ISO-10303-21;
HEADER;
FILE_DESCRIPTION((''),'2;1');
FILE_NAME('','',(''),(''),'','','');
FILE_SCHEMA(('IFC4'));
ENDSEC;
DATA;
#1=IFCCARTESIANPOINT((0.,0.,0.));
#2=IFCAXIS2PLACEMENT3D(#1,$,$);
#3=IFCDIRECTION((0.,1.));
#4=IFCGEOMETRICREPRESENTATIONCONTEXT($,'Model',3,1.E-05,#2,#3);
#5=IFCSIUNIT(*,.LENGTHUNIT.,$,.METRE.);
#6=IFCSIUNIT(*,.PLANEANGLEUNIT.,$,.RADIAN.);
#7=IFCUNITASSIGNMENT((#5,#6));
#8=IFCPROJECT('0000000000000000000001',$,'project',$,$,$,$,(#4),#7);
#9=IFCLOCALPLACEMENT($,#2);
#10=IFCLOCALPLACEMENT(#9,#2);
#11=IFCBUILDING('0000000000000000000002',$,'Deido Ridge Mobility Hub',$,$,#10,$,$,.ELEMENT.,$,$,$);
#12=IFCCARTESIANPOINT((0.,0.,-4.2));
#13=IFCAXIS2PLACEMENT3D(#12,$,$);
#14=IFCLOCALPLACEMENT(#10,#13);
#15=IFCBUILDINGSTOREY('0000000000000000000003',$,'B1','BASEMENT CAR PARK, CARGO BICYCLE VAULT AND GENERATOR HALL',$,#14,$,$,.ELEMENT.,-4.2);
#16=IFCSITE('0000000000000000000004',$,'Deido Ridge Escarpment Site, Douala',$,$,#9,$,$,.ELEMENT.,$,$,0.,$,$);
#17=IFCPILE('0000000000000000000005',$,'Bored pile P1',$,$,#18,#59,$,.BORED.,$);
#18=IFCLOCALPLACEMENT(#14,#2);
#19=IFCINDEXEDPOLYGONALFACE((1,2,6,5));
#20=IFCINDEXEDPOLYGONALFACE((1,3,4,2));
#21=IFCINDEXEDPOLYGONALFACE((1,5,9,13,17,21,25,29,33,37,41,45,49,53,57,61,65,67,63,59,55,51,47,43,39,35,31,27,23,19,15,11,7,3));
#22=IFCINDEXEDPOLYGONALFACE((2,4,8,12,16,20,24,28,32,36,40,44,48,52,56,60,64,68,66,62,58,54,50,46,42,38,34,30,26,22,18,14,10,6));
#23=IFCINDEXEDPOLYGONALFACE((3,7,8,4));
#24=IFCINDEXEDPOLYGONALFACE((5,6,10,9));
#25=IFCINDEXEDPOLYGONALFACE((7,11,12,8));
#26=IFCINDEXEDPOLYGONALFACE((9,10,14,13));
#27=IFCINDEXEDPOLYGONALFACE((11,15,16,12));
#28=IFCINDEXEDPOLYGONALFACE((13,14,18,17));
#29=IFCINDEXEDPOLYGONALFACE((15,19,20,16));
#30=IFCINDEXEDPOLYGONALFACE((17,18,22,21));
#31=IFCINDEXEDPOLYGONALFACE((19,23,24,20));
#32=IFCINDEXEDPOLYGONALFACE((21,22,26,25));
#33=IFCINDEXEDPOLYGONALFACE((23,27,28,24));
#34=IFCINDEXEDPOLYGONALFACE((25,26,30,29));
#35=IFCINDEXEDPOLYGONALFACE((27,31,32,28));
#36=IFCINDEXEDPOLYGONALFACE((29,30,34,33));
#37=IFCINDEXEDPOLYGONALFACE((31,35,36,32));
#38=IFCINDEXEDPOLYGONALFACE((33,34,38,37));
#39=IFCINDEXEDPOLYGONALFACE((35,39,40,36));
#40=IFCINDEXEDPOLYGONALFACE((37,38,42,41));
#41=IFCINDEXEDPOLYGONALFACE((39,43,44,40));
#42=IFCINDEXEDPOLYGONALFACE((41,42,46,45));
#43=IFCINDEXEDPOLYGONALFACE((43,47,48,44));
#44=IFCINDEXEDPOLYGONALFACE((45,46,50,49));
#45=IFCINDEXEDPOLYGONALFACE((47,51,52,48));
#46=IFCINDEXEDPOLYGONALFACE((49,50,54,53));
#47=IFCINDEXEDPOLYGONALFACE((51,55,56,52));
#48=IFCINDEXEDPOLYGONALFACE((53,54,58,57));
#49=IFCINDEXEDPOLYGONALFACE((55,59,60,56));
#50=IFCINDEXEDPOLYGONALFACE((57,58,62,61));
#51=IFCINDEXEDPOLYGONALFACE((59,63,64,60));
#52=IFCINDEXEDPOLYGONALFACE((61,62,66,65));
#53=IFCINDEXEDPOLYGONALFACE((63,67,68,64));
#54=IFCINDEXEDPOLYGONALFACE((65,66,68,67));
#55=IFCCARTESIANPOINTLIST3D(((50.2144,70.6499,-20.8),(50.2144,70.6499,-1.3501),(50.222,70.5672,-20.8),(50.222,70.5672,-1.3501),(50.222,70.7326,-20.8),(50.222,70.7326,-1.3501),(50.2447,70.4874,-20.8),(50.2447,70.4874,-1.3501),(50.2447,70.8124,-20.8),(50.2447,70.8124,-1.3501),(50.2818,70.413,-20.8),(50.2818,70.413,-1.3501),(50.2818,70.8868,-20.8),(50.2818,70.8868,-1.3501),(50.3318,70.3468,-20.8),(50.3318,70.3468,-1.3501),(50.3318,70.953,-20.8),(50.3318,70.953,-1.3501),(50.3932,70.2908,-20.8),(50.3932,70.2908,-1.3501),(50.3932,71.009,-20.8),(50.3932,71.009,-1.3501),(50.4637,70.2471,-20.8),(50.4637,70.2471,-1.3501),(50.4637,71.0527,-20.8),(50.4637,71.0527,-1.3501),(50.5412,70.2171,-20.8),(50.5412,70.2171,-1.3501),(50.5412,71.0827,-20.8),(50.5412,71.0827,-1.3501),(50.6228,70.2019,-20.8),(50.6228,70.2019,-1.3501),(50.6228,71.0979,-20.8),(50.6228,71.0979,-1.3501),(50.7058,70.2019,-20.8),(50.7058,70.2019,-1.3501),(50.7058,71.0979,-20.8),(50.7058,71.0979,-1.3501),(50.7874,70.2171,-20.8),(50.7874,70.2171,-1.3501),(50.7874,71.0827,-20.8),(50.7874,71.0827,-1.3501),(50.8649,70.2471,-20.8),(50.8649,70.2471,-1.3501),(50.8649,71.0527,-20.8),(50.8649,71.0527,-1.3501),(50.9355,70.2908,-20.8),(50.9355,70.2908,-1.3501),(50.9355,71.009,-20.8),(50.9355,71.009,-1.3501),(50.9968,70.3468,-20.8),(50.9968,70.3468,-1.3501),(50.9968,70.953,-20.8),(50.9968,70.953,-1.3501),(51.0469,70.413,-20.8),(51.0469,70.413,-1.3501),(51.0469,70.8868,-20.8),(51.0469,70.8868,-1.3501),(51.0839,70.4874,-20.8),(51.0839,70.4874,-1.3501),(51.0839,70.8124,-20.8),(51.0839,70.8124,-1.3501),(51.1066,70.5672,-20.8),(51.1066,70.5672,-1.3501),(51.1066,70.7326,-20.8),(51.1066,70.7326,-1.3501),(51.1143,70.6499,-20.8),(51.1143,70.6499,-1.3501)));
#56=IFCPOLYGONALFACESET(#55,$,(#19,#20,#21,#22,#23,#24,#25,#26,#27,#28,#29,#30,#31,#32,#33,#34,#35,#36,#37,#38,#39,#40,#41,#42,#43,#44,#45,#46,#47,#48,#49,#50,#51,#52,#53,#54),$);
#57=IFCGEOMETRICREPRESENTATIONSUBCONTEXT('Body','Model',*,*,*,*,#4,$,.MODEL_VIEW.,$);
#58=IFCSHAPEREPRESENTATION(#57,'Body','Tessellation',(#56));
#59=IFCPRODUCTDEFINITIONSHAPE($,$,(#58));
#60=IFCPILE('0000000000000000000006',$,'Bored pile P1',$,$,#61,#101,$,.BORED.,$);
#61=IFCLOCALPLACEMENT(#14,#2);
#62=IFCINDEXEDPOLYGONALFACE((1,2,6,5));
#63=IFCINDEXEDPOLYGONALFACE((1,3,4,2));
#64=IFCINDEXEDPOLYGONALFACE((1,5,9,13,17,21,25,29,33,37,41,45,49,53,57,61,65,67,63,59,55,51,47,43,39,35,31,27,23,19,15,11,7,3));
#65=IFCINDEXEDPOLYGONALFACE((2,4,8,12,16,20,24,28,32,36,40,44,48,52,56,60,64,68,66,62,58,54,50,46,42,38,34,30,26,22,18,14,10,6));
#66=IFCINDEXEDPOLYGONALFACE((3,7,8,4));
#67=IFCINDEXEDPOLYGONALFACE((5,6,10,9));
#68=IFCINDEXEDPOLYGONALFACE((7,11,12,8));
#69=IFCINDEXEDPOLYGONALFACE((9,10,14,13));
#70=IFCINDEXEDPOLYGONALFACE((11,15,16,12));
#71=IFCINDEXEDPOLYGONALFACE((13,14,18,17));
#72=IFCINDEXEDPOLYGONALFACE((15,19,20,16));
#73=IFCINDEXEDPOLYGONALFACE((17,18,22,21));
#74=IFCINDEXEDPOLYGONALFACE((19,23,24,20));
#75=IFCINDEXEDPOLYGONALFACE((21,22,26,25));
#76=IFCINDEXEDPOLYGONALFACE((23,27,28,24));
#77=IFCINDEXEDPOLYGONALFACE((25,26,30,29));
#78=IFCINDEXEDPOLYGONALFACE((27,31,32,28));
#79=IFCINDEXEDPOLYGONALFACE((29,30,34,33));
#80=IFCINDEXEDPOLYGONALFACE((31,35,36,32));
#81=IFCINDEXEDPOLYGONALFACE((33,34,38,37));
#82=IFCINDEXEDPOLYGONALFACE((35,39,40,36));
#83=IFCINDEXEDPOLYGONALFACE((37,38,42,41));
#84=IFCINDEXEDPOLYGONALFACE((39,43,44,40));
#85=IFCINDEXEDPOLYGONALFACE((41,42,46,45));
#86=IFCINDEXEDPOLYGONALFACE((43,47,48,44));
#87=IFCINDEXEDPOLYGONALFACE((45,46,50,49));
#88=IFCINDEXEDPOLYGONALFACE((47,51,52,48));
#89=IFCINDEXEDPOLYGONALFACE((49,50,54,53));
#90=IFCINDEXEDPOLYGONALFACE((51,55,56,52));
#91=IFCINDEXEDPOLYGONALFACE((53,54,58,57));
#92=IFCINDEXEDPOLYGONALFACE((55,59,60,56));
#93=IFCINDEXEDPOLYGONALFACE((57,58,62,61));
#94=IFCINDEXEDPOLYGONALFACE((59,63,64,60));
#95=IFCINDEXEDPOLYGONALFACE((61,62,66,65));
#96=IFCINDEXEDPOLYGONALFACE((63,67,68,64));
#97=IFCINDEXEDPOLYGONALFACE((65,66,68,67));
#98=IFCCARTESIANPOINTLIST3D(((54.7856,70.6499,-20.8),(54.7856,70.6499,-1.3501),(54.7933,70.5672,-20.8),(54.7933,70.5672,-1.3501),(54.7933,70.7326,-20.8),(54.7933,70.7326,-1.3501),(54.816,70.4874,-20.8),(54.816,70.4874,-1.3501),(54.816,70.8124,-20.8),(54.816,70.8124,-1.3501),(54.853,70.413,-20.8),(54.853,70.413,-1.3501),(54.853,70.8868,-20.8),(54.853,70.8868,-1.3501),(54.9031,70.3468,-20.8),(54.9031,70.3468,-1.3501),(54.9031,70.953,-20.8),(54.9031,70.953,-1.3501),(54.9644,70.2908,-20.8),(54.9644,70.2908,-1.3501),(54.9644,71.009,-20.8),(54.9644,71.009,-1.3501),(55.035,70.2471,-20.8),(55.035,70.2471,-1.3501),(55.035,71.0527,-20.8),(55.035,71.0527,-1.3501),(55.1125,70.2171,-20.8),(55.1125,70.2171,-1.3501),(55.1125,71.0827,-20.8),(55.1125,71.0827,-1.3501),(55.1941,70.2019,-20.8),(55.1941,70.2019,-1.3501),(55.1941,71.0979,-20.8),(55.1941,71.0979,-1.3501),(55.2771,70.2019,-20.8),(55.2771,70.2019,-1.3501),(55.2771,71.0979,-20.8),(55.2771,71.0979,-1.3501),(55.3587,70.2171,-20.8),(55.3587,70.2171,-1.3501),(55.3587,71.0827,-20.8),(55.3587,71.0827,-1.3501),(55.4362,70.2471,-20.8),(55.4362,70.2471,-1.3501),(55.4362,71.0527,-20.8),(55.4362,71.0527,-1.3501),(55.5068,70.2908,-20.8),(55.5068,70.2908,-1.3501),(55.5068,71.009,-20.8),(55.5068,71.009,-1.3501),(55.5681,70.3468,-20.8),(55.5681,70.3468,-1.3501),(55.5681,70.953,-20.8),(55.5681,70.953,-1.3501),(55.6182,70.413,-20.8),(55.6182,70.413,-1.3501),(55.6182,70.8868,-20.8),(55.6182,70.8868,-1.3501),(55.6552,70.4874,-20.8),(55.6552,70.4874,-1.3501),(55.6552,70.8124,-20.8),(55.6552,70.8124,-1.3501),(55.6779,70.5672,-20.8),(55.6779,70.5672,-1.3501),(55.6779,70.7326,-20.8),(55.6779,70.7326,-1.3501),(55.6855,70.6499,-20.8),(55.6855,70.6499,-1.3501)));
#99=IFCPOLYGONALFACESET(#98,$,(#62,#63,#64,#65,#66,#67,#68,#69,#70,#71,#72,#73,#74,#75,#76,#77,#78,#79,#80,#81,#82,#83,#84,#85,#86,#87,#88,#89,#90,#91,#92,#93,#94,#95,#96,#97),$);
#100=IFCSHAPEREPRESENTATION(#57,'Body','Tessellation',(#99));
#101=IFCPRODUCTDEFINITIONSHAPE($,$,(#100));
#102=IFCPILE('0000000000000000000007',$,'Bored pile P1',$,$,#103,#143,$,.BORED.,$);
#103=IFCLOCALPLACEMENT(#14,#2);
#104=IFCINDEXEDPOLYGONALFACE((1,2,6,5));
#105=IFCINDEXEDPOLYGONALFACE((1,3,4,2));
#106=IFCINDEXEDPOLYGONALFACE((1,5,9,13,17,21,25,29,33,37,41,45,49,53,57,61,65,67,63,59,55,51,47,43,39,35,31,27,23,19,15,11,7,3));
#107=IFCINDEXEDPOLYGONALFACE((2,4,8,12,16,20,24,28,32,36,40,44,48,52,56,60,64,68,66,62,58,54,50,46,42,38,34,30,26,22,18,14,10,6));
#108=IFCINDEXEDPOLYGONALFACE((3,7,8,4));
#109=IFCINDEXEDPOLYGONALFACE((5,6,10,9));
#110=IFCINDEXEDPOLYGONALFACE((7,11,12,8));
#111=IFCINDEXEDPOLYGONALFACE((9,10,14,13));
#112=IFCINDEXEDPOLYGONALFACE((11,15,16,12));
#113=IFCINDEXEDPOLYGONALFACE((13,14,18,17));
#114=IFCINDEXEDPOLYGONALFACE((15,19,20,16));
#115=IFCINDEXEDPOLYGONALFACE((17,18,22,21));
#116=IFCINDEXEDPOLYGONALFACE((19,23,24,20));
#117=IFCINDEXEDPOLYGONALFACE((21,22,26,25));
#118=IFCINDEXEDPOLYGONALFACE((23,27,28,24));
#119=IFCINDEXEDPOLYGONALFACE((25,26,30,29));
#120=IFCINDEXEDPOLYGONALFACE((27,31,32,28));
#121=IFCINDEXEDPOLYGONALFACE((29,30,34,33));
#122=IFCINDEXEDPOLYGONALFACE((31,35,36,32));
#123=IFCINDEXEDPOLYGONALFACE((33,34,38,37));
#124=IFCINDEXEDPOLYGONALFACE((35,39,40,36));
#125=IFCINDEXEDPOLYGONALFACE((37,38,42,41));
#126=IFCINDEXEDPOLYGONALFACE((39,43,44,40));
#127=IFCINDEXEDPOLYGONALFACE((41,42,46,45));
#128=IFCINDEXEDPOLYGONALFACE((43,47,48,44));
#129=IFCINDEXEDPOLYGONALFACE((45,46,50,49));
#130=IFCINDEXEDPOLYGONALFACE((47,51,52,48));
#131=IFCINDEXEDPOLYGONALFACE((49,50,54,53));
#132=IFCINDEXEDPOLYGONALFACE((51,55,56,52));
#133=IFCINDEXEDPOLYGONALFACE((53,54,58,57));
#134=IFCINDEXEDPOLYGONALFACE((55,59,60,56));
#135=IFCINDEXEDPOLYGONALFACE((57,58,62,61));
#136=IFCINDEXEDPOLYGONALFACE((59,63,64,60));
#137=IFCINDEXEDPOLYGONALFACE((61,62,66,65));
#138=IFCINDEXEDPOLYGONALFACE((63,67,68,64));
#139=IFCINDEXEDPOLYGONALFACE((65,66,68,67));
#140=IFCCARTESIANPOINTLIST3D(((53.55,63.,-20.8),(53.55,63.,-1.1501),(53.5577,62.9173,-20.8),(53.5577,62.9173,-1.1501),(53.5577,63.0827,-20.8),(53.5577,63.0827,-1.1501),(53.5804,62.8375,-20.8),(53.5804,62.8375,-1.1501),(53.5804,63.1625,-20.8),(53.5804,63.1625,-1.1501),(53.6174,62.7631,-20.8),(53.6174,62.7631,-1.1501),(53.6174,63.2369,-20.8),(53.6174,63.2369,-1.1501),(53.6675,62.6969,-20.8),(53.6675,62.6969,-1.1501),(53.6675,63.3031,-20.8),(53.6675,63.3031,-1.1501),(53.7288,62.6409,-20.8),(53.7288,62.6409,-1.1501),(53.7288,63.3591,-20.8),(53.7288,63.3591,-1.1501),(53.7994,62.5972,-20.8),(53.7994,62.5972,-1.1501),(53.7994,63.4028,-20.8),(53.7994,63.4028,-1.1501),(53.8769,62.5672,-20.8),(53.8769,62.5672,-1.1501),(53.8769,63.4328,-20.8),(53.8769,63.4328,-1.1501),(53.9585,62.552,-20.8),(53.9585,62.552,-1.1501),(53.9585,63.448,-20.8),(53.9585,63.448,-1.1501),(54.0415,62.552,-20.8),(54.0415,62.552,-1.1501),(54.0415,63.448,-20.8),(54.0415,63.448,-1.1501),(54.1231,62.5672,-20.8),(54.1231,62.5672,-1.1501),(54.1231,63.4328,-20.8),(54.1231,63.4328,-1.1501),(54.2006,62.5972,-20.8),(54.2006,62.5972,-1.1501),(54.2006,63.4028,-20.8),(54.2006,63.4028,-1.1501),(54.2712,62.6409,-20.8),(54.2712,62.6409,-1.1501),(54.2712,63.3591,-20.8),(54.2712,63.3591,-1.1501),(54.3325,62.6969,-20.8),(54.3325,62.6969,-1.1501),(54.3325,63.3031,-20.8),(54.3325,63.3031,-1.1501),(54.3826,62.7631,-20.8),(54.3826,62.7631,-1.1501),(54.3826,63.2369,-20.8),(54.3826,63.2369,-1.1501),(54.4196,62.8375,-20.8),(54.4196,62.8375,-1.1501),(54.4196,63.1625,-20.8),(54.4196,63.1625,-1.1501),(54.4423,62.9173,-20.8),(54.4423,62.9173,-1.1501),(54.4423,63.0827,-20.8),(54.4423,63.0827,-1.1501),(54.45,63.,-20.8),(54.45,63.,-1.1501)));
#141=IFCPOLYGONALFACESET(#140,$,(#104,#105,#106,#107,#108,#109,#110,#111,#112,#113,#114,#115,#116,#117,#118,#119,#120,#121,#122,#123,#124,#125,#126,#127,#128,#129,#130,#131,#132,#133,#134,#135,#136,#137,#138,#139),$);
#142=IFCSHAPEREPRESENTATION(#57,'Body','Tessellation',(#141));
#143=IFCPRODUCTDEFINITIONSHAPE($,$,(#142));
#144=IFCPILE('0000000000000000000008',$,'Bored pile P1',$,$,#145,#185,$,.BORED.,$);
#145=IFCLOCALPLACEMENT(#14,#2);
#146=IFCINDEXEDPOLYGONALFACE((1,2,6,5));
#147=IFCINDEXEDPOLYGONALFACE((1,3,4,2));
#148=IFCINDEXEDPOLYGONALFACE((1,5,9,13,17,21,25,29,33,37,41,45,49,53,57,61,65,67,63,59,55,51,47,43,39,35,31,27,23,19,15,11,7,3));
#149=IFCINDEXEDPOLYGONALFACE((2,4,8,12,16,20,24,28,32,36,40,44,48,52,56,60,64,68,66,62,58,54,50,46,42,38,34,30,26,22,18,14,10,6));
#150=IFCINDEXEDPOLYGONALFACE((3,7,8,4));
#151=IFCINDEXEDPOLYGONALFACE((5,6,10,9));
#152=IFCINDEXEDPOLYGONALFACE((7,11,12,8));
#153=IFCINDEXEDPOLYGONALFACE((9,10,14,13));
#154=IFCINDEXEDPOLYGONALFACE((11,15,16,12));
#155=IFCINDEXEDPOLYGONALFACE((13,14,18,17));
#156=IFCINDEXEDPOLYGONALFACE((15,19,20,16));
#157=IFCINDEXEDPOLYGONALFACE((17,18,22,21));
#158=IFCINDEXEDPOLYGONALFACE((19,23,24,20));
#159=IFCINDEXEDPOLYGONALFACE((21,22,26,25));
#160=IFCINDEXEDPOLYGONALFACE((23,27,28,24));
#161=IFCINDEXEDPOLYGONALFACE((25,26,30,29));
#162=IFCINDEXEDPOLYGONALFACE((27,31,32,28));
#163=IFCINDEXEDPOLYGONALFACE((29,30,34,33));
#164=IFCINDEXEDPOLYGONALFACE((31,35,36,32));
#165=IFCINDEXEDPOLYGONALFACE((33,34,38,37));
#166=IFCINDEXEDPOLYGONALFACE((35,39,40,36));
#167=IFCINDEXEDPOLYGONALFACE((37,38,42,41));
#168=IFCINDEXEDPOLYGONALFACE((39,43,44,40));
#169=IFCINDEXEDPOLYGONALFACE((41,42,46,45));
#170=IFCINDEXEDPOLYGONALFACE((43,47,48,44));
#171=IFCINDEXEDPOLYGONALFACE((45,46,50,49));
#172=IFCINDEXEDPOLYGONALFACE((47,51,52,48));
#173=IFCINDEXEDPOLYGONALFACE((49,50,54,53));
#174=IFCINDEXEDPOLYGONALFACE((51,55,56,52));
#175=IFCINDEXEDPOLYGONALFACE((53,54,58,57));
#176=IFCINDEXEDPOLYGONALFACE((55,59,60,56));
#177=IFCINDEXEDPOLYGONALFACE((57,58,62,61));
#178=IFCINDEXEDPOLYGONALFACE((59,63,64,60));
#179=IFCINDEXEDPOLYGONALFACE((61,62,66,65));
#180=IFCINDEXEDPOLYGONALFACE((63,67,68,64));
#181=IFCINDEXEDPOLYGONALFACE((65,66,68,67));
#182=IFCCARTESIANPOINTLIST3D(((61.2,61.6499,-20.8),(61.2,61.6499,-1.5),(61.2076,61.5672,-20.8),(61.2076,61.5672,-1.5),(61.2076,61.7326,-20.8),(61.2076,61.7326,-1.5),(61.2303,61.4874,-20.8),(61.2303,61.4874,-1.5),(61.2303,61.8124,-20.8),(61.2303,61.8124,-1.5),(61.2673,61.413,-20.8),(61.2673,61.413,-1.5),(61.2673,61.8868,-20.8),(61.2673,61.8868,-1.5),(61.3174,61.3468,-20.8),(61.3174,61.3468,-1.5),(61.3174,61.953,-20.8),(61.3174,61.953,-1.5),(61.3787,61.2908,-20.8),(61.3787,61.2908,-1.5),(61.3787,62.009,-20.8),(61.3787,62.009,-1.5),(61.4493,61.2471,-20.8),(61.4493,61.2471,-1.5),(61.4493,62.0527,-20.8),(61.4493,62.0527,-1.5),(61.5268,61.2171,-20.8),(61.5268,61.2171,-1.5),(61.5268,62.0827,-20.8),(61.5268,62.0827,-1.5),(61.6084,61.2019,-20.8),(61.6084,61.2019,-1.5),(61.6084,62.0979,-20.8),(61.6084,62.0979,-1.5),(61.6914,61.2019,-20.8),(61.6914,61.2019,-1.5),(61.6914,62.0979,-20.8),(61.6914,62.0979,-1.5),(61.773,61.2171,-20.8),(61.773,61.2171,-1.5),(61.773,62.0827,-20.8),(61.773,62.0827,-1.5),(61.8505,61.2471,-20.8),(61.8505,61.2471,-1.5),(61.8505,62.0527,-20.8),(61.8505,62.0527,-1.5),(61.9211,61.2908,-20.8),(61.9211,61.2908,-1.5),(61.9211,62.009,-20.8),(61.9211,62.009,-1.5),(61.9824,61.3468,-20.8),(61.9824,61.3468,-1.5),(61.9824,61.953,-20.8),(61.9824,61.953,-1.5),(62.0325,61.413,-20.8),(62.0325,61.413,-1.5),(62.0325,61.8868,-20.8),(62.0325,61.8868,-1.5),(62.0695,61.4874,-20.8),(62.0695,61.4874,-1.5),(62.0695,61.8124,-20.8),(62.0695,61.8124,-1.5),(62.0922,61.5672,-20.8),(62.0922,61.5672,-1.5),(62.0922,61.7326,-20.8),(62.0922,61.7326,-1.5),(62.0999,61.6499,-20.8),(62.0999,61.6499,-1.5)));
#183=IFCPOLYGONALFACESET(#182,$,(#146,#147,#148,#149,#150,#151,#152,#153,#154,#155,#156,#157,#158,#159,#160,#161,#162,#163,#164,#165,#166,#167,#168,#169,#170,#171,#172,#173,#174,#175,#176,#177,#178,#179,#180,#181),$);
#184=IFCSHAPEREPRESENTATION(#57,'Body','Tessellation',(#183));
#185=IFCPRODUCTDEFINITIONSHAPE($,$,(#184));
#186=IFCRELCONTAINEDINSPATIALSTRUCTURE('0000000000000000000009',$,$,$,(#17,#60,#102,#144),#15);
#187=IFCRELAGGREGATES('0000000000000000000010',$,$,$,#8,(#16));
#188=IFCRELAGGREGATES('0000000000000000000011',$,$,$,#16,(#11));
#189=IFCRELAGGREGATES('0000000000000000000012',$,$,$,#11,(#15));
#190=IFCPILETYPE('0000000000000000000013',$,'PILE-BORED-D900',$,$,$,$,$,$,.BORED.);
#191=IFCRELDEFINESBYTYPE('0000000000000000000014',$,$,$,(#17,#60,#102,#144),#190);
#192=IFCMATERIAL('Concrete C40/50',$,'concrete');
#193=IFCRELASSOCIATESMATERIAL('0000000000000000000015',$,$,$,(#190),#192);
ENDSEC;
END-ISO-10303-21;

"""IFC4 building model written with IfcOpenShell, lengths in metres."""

from ifc_helpers import new_model, si_unit, direction, frame, origin, origin_2d, place, context, subcontext, project, spatial, circle, extrude, material, material_profile, profile_set, type_object, element, save


model = new_model("IFC4")

# Units and contexts
model_context = context("Model", 3, precision=1e-05, world=origin(), true_north=direction((0.0, 1.0)))
body_context = subcontext(model_context, "Body", "Model", "MODEL_VIEW")
ifc_project = project(units=[si_unit("LENGTHUNIT", "METRE"), si_unit("PLANEANGLEUNIT", "RADIAN")], contexts=[model_context])

# Site, building, storey
site_placement = place(None, origin())
site = spatial("IfcSite", under=ifc_project, at=site_placement, Name="Deido Ridge Escarpment Site, Douala", CompositionType="ELEMENT", RefElevation=0.0)
building_placement = place(site_placement, origin())
building = spatial("IfcBuilding", under=site, at=building_placement, Name="Deido Ridge Mobility Hub", CompositionType="ELEMENT")
storey_placement = place(building_placement, frame((0.0, 0.0, -4.2)))
storey = spatial("IfcBuildingStorey", under=building, at=storey_placement, Name="B1", Description="BASEMENT CAR PARK, CARGO BICYCLE VAULT AND GENERATOR HALL", CompositionType="ELEMENT", Elevation=-4.2)

# Shared definitions
ifc_material_1 = material(Name="Concrete C40/50", Category="concrete")

# Piles
ifc_material_profile_1 = material_profile(ifc_material_1, circle(Radius=0.45, at=origin_2d()), Name="BORED PILE D900")
ifc_profile_set_1 = profile_set([ifc_material_profile_1], Name="Concrete C40/50")
pile_type_1 = type_object("IfcPileType", Name="PILE-BORED-D900", PredefinedType="BORED", material=ifc_profile_set_1)
for number, where, z_axis, x_axis, name in (
    (1, (50.6643, 70.6499, -1.3501), (0.0, 0.0, -1.0), (1.0, 0.0, 0.0), "Bored pile P1"),
    (2, (55.2356, 70.6499, -1.3501), (0.0, 0.0, -1.0), (1.0, 0.0, 0.0), "Bored pile P1"),
):
    element("IfcPile", number, at=place(storey_placement, frame(where, z_axis=z_axis, x_axis=x_axis)), inside=storey, type_object=pile_type_1, Name=name, PredefinedType="BORED", context=body_context, shape_type="SweptSolid", body=[
        extrude(circle(Radius=0.45, at=origin_2d()), origin(), (0.0, 0.0, 1.0), 19.45),
    ])
pile_1_placement = place(storey_placement, frame((54.0, 63.0, -1.1501), z_axis=(0.0, 0.0, -1.0), x_axis=(1.0, 0.0, 0.0)))
element("IfcPile", 3, at=pile_1_placement, inside=storey, type_object=pile_type_1, Name="Bored pile P1", PredefinedType="BORED", context=body_context, shape_type="SweptSolid", body=[
    extrude(circle(Radius=0.45, at=origin_2d()), origin(), (0.0, 0.0, 1.0), 19.6499),
])
for number, where, z_axis, x_axis, name in (
    (4, (61.6499, 61.6499, -1.5), (0.0, 0.0, -1.0), (1.0, 0.0, 0.0), "Bored pile P1"),
):
    element("IfcPile", number, at=place(storey_placement, frame(where, z_axis=z_axis, x_axis=x_axis)), inside=storey, type_object=pile_type_1, Name=name, PredefinedType="BORED", context=body_context, shape_type="SweptSolid", body=[
        extrude(circle(Radius=0.45, at=origin_2d()), origin(), (0.0, 0.0, 1.0), 19.3),
    ])

save(model, "model.ifc")
